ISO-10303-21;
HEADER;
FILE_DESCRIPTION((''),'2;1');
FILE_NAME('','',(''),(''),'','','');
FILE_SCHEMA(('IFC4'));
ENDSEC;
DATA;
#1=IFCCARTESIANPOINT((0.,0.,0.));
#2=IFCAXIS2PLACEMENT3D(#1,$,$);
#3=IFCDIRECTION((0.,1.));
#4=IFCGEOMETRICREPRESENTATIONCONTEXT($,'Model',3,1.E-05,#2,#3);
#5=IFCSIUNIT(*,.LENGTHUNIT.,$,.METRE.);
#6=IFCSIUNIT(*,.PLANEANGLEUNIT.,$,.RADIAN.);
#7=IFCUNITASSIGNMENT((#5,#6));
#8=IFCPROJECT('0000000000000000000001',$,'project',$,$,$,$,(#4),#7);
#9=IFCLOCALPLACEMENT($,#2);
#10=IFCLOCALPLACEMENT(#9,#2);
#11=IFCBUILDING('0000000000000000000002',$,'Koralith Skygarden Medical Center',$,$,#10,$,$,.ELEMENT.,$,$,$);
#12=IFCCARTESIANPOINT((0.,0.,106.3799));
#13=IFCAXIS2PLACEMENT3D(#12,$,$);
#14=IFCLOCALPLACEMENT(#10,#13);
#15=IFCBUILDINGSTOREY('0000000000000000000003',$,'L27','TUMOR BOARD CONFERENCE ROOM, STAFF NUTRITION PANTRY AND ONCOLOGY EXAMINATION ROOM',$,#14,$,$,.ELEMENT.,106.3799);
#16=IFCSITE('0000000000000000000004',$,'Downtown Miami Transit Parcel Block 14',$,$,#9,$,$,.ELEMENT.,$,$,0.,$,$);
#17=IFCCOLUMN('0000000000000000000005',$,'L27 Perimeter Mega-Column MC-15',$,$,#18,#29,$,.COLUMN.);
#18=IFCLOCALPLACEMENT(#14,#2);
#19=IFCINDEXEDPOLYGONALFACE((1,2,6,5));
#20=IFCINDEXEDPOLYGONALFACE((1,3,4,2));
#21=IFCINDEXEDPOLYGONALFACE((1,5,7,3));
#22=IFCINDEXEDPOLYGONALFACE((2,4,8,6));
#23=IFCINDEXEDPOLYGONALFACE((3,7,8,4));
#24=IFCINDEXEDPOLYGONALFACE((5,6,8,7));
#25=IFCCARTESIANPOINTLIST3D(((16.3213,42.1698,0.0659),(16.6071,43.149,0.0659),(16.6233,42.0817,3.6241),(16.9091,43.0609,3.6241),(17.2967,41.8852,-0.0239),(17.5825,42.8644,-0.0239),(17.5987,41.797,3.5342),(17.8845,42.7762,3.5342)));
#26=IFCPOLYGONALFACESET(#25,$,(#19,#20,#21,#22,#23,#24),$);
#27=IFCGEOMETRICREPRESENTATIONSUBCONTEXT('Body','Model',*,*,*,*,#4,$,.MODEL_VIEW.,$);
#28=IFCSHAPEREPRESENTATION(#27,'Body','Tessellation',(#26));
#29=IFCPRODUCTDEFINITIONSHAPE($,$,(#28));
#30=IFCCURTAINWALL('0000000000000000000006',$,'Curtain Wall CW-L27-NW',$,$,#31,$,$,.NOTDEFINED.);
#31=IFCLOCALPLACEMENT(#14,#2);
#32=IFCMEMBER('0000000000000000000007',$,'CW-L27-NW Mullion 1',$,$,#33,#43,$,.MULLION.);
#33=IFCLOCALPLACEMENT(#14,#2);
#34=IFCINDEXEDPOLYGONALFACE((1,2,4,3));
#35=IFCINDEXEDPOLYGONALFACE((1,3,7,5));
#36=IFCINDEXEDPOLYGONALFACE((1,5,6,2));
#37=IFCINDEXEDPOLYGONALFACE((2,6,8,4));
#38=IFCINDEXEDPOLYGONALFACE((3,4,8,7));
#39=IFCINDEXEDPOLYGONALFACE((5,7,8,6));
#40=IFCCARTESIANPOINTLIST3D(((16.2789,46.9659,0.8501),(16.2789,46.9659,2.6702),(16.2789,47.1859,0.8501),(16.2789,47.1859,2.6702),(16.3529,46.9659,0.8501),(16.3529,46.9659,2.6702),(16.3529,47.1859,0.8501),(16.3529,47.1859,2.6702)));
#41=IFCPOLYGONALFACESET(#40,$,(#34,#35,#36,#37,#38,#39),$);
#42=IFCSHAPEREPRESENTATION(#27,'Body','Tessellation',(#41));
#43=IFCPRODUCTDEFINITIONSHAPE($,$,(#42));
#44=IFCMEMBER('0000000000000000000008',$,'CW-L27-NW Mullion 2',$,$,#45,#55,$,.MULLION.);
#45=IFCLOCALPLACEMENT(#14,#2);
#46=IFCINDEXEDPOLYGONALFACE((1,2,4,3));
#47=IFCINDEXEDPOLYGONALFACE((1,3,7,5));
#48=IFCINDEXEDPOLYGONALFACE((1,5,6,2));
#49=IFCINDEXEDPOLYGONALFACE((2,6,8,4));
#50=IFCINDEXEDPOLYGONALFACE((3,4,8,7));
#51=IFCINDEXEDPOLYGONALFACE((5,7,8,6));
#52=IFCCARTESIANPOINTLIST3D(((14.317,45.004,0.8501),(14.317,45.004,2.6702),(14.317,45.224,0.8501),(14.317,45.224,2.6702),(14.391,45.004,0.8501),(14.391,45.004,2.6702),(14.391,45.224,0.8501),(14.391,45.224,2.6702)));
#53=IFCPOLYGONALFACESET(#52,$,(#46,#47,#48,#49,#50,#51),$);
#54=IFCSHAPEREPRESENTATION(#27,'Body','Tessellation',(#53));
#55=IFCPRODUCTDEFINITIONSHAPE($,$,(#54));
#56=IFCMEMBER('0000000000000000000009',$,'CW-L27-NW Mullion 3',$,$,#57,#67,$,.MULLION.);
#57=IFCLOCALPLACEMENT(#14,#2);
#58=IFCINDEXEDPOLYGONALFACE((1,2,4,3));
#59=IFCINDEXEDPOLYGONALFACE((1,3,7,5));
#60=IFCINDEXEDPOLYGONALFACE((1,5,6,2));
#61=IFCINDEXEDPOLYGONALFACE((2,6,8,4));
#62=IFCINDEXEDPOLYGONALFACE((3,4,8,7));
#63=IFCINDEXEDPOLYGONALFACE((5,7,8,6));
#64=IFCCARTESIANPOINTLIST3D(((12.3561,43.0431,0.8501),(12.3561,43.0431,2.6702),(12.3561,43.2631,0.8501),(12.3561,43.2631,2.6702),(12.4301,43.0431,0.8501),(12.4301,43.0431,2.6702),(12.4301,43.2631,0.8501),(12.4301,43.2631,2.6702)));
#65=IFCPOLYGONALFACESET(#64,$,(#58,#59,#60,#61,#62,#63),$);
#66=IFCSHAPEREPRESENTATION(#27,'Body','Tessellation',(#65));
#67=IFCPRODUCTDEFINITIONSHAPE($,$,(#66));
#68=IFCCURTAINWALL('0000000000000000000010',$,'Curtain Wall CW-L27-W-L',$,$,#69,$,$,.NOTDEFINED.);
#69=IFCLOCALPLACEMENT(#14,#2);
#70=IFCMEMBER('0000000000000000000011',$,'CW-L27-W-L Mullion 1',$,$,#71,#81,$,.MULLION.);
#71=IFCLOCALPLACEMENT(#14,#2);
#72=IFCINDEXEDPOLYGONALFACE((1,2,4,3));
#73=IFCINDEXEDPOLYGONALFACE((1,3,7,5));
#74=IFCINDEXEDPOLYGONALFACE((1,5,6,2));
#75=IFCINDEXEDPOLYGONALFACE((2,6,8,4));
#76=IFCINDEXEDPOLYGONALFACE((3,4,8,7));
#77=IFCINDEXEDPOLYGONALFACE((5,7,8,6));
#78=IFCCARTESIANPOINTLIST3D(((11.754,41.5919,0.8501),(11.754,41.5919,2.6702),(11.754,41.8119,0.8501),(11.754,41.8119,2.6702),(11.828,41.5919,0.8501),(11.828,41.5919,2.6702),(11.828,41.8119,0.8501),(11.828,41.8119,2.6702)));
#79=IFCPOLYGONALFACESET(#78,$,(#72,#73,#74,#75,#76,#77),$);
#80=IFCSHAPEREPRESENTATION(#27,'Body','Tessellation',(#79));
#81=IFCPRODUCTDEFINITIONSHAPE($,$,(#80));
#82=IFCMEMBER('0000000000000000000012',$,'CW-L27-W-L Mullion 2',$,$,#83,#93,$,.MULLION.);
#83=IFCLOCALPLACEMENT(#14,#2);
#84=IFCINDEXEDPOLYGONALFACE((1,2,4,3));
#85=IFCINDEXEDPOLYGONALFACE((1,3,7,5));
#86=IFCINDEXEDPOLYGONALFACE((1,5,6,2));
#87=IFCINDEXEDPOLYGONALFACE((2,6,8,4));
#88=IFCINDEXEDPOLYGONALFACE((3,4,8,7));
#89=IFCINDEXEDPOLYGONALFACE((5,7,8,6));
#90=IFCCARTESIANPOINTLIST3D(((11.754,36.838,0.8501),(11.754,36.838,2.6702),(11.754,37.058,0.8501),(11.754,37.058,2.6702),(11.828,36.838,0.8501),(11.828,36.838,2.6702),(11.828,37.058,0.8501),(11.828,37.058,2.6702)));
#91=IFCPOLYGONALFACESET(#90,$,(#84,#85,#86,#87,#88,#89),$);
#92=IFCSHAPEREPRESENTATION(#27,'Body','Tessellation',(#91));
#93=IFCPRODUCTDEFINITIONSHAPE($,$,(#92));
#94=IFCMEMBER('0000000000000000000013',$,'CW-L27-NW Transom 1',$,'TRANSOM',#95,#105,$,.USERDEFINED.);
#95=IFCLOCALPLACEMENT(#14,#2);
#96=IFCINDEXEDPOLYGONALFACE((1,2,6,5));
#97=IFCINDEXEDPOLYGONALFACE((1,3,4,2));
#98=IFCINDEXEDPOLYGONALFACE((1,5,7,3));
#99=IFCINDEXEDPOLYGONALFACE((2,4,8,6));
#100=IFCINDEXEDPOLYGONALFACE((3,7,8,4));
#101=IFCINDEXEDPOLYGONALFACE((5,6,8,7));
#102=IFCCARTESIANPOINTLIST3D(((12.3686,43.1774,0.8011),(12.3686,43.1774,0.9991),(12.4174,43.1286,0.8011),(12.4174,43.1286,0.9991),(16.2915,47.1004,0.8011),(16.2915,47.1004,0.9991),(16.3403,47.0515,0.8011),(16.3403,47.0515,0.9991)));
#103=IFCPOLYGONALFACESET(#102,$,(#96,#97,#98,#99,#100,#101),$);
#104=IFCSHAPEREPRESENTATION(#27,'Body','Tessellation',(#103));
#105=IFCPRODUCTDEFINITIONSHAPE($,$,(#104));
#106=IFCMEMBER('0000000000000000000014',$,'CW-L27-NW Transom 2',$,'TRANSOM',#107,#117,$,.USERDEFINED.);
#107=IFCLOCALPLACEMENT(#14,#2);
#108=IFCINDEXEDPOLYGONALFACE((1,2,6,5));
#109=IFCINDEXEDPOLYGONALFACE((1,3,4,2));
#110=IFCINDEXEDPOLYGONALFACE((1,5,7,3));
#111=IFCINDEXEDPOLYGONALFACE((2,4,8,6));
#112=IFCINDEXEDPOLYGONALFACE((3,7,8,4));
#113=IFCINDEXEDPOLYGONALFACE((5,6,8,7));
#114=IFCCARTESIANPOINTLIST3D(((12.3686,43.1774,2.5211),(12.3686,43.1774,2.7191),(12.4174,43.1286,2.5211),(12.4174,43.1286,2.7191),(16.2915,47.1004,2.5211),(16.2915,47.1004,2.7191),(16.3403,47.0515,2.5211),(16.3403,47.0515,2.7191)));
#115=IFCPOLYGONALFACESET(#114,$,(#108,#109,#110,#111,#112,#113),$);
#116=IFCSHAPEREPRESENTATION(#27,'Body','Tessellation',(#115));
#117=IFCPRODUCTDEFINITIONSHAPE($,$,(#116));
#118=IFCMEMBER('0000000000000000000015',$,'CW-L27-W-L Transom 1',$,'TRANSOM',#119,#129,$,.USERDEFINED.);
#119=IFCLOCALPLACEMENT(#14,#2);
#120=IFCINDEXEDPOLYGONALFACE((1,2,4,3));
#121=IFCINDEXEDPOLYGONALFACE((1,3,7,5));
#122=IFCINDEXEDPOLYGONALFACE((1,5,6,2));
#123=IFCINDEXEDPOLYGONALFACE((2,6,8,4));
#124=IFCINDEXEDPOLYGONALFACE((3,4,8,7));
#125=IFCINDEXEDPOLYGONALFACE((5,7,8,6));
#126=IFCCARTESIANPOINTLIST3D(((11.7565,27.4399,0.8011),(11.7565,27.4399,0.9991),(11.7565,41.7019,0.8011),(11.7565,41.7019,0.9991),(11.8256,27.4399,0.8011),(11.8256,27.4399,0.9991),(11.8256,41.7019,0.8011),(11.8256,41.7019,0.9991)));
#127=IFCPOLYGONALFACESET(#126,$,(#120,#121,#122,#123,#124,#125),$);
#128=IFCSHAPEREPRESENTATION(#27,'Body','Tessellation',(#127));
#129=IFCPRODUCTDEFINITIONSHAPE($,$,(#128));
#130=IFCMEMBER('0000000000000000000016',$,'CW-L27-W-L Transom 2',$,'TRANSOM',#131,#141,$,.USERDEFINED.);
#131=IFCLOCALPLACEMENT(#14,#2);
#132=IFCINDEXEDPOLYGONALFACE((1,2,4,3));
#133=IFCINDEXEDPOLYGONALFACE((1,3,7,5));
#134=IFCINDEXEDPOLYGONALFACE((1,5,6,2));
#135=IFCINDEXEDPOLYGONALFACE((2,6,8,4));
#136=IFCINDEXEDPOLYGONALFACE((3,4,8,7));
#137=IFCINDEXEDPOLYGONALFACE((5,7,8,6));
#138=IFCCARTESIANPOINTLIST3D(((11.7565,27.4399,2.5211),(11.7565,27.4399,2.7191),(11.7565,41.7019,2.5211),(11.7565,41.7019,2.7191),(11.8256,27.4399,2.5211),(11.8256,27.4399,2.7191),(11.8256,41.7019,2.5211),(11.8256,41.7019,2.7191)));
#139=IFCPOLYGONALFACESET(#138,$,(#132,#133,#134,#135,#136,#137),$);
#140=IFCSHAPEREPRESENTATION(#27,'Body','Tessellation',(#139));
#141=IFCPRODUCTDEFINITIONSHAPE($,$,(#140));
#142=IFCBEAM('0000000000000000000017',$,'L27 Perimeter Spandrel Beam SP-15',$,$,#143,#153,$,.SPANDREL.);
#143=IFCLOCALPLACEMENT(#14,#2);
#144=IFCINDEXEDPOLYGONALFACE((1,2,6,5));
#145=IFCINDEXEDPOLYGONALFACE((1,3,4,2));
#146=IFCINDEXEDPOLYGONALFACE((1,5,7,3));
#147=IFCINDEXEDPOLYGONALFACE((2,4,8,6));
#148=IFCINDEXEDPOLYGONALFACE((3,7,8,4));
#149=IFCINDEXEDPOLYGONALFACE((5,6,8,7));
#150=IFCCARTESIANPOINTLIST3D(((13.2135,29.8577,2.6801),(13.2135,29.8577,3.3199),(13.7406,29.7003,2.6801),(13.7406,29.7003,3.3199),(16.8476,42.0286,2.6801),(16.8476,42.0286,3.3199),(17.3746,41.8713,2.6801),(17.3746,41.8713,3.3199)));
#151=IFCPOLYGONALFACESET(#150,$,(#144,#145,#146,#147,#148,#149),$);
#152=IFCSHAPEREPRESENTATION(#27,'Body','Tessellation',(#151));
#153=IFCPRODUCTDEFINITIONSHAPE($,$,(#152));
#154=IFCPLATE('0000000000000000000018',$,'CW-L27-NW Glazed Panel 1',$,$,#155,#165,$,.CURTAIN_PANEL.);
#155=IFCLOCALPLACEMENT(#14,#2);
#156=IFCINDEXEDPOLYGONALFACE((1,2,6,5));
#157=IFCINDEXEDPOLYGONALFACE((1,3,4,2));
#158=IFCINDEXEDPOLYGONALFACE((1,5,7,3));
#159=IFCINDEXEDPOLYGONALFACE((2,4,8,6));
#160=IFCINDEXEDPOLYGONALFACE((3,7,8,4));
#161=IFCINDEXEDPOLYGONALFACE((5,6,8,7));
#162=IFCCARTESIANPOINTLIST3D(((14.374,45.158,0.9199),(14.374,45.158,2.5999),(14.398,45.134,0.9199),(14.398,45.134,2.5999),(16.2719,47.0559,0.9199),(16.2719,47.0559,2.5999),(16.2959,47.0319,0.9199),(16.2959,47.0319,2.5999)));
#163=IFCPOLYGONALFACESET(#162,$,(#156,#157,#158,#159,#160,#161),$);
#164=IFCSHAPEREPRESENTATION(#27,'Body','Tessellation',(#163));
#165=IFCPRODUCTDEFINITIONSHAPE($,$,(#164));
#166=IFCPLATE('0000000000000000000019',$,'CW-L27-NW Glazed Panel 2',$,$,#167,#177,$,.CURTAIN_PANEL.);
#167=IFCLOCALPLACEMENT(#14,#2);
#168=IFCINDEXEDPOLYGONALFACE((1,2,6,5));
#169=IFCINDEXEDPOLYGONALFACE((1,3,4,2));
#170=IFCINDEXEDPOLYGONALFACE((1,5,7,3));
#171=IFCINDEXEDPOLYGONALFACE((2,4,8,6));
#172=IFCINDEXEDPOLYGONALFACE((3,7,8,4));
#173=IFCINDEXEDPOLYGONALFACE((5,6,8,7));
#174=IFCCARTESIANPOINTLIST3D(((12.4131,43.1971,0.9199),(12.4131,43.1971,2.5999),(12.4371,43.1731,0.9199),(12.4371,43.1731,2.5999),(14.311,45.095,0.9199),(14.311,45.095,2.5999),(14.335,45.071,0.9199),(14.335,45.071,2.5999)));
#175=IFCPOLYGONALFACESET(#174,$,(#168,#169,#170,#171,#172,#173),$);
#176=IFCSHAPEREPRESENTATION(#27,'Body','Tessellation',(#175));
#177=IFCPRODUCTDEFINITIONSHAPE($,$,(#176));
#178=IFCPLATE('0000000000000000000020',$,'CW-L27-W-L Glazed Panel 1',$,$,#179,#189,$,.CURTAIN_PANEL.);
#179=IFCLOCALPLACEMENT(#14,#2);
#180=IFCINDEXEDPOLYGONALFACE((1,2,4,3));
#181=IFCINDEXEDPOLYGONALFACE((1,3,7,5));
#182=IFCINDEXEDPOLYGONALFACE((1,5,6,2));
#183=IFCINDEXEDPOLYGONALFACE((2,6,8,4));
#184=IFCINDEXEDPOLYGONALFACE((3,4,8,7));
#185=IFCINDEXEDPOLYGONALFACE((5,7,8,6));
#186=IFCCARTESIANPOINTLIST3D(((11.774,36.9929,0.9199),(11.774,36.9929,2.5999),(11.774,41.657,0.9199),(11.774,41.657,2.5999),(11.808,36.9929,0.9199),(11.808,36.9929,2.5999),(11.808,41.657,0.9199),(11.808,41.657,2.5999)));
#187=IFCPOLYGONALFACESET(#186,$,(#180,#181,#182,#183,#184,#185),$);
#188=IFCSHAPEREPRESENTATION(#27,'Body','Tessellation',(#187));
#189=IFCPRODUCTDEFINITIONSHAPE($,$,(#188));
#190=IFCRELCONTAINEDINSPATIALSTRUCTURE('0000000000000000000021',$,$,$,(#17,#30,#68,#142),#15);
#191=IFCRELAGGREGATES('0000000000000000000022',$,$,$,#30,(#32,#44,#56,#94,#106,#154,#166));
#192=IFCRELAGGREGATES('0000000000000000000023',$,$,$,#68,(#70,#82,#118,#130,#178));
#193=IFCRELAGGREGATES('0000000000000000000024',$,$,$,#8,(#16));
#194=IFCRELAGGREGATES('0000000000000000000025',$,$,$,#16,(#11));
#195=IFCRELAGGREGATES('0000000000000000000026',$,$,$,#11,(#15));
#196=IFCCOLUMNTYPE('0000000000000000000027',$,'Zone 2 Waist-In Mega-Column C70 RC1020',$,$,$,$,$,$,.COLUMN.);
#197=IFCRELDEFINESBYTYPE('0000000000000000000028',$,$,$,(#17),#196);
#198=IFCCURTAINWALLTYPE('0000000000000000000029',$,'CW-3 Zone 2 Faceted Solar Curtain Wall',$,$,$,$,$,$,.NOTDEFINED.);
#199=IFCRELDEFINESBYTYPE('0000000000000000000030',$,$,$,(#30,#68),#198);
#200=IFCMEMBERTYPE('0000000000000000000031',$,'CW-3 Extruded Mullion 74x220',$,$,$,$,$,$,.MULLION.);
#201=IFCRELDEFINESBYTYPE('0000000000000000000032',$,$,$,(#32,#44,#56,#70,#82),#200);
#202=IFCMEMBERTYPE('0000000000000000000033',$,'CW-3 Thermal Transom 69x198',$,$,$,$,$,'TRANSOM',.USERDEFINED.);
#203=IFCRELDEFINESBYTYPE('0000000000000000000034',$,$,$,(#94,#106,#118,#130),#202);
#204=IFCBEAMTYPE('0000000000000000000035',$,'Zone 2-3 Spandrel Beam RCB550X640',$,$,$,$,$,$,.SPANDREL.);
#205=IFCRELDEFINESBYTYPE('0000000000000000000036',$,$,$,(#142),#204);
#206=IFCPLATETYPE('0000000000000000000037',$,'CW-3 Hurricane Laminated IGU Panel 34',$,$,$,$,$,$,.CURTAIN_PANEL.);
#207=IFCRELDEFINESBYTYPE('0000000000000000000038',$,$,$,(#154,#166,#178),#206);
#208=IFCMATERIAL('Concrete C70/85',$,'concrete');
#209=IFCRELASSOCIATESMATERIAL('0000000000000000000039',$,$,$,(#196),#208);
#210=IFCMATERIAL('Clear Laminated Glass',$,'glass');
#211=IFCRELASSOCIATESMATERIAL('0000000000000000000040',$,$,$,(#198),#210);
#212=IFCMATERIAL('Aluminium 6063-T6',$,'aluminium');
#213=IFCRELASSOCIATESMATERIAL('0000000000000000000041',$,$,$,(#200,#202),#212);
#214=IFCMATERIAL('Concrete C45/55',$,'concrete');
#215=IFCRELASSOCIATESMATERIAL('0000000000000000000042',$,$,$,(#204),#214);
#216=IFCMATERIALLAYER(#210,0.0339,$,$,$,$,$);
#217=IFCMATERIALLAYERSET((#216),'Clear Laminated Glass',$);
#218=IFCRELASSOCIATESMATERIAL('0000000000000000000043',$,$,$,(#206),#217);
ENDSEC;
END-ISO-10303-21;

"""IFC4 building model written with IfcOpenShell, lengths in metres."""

from ifc_helpers import new_model, si_unit, direction, frame, origin, origin_2d, place, context, subcontext, project, spatial, rectangle, extrude, material, layer, layer_set, material_profile, profile_set, type_object, element, aggregate, save


model = new_model("IFC4")

# Units and contexts
model_context = context("Model", 3, precision=1e-05, world=origin(), true_north=direction((0.0, 1.0)))
body_context = subcontext(model_context, "Body", "Model", "MODEL_VIEW")
ifc_project = project(units=[si_unit("LENGTHUNIT", "METRE"), si_unit("PLANEANGLEUNIT", "RADIAN")], contexts=[model_context])

# Site, building, storey
site_placement = place(None, origin())
site = spatial("IfcSite", under=ifc_project, at=site_placement, Name="Downtown Miami Transit Parcel Block 14", CompositionType="ELEMENT", RefElevation=0.0)
building_placement = place(site_placement, origin())
building = spatial("IfcBuilding", under=site, at=building_placement, Name="Koralith Skygarden Medical Center", CompositionType="ELEMENT")
storey_placement = place(building_placement, frame((0.0, 0.0, 106.3799)))
storey = spatial("IfcBuildingStorey", under=building, at=storey_placement, Name="L27", Description="TUMOR BOARD CONFERENCE ROOM, STAFF NUTRITION PANTRY AND ONCOLOGY EXAMINATION ROOM", CompositionType="ELEMENT", Elevation=106.3799)

# Column
ifc_material_1 = material(Name="Concrete C70/85", Category="concrete")
ifc_material_profile_1 = material_profile(ifc_material_1, rectangle(XDim=1.02, YDim=1.02, at=origin_2d()), Name="RC1020X1020")
ifc_profile_set_1 = profile_set([ifc_material_profile_1], Name="Concrete C70/85")
column_type = type_object("IfcColumnType", Name="Zone 2 Waist-In Mega-Column C70 RC1020", PredefinedType="COLUMN", material=ifc_profile_set_1)
column_placement = place(storey_placement, frame((16.9519, 42.5171, 0.021), z_axis=(0.084547, -0.024674, 0.996114), x_axis=(0.280149, 0.959957, 0.0)))
element("IfcColumn", 1, at=column_placement, inside=storey, type_object=column_type, Name="L27 Perimeter Mega-Column MC-15", PredefinedType="COLUMN", context=body_context, shape_type="SweptSolid", body=[
    extrude(rectangle(XDim=1.02, YDim=1.02, at=origin_2d()), origin(), (0.0, 0.0, 1.0), 3.572),
])

# Curtain walls, members
ifc_material_2 = material(Name="Clear Laminated Glass", Category="glass")
curtain_wall_type = type_object("IfcCurtainWallType", Name="CW-3 Zone 2 Faceted Solar Curtain Wall", PredefinedType="NOTDEFINED", material=ifc_material_2)
curtain_wall_1_placement = place(storey_placement, origin())
curtain_wall_1 = element("IfcCurtainWall", 2, at=curtain_wall_1_placement, inside=storey, type_object=curtain_wall_type, Name="Curtain Wall CW-L27-NW", PredefinedType="NOTDEFINED")
ifc_material_3 = material(Name="Aluminium 6063-T6", Category="aluminium")
ifc_material_profile_2 = material_profile(ifc_material_3, rectangle(XDim=0.074, YDim=0.22, at=origin_2d()), Name="MUL74X220")
ifc_profile_set_2 = profile_set([ifc_material_profile_2], Name="Aluminium 6063-T6")
member_type_1 = type_object("IfcMemberType", Name="CW-3 Extruded Mullion 74x220", PredefinedType="MULLION", material=ifc_profile_set_2)
member_1_placement = place(storey_placement, frame((16.3159, 47.0759, 0.8501), z_axis=(0.0, 0.0, 1.0), x_axis=(1.0, 0.0, 0.0)))
member_1 = element("IfcMember", 3, at=member_1_placement, type_object=member_type_1, Name="CW-L27-NW Mullion 1", PredefinedType="MULLION", context=body_context, shape_type="SweptSolid", body=[
    extrude(rectangle(XDim=0.074, YDim=0.22, at=origin_2d()), origin(), (0.0, 0.0, 1.0), 1.8201),
])
member_2_placement = place(storey_placement, frame((14.354, 45.114, 0.8501), z_axis=(0.0, 0.0, 1.0), x_axis=(1.0, 0.0, 0.0)))
member_2 = element("IfcMember", 4, at=member_2_placement, type_object=member_type_1, Name="CW-L27-NW Mullion 2", PredefinedType="MULLION", context=body_context, shape_type="SweptSolid", body=[
    extrude(rectangle(XDim=0.074, YDim=0.22, at=origin_2d()), origin(), (0.0, 0.0, 1.0), 1.8201),
])
member_3_placement = place(storey_placement, frame((12.3931, 43.1531, 0.8501), z_axis=(0.0, 0.0, 1.0), x_axis=(1.0, 0.0, 0.0)))
member_3 = element("IfcMember", 5, at=member_3_placement, type_object=member_type_1, Name="CW-L27-NW Mullion 3", PredefinedType="MULLION", context=body_context, shape_type="SweptSolid", body=[
    extrude(rectangle(XDim=0.074, YDim=0.22, at=origin_2d()), origin(), (0.0, 0.0, 1.0), 1.8201),
])
curtain_wall_2_placement = place(storey_placement, origin())
curtain_wall_2 = element("IfcCurtainWall", 6, at=curtain_wall_2_placement, inside=storey, type_object=curtain_wall_type, Name="Curtain Wall CW-L27-W-L", PredefinedType="NOTDEFINED")
member_4_placement = place(storey_placement, frame((11.791, 41.7019, 0.8501), z_axis=(0.0, 0.0, 1.0), x_axis=(1.0, 0.0, 0.0)))
member_4 = element("IfcMember", 7, at=member_4_placement, type_object=member_type_1, Name="CW-L27-W-L Mullion 1", PredefinedType="MULLION", context=body_context, shape_type="SweptSolid", body=[
    extrude(rectangle(XDim=0.074, YDim=0.22, at=origin_2d()), origin(), (0.0, 0.0, 1.0), 1.8201),
])
member_5_placement = place(storey_placement, frame((11.791, 36.948, 0.8501), z_axis=(0.0, 0.0, 1.0), x_axis=(1.0, 0.0, 0.0)))
member_5 = element("IfcMember", 8, at=member_5_placement, type_object=member_type_1, Name="CW-L27-W-L Mullion 2", PredefinedType="MULLION", context=body_context, shape_type="SweptSolid", body=[
    extrude(rectangle(XDim=0.074, YDim=0.22, at=origin_2d()), origin(), (0.0, 0.0, 1.0), 1.8201),
])

# Members
ifc_material_profile_3 = material_profile(ifc_material_3, rectangle(XDim=0.0691, YDim=0.198, at=origin_2d()), Name="TRN69X198")
ifc_profile_set_3 = profile_set([ifc_material_profile_3], Name="Aluminium 6063-T6")
member_type_2 = type_object("IfcMemberType", Name="CW-3 Thermal Transom 69x198", ElementType="TRANSOM", PredefinedType="USERDEFINED", material=ifc_profile_set_3)
member_6_placement = place(storey_placement, frame((16.3159, 47.0759, 0.9001), z_axis=(-0.707107, -0.707107, 0.0), x_axis=(0.707107, -0.707107, 0.0)))
member_6 = element("IfcMember", 9, at=member_6_placement, type_object=member_type_2, Name="CW-L27-NW Transom 1", ObjectType="TRANSOM", PredefinedType="USERDEFINED", context=body_context, shape_type="SweptSolid", body=[
    extrude(rectangle(XDim=0.0691, YDim=0.198, at=origin_2d()), origin(), (0.0, 0.0, 1.0), 5.5479),
])
member_7_placement = place(storey_placement, frame((16.3159, 47.0759, 2.6201), z_axis=(-0.707107, -0.707107, 0.0), x_axis=(0.707107, -0.707107, 0.0)))
member_7 = element("IfcMember", 10, at=member_7_placement, type_object=member_type_2, Name="CW-L27-NW Transom 2", ObjectType="TRANSOM", PredefinedType="USERDEFINED", context=body_context, shape_type="SweptSolid", body=[
    extrude(rectangle(XDim=0.0691, YDim=0.198, at=origin_2d()), origin(), (0.0, 0.0, 1.0), 5.5479),
])
member_8_placement = place(storey_placement, frame((11.791, 41.7019, 0.9001), z_axis=(0.0, -1.0, 0.0), x_axis=(1.0, 0.0, 0.0)))
member_8 = element("IfcMember", 11, at=member_8_placement, type_object=member_type_2, Name="CW-L27-W-L Transom 1", ObjectType="TRANSOM", PredefinedType="USERDEFINED", context=body_context, shape_type="SweptSolid", body=[
    extrude(rectangle(XDim=0.0691, YDim=0.198, at=origin_2d()), origin(), (0.0, 0.0, 1.0), 14.262),
])
member_9_placement = place(storey_placement, frame((11.791, 41.7019, 2.6201), z_axis=(0.0, -1.0, 0.0), x_axis=(1.0, 0.0, 0.0)))
member_9 = element("IfcMember", 12, at=member_9_placement, type_object=member_type_2, Name="CW-L27-W-L Transom 2", ObjectType="TRANSOM", PredefinedType="USERDEFINED", context=body_context, shape_type="SweptSolid", body=[
    extrude(rectangle(XDim=0.0691, YDim=0.198, at=origin_2d()), origin(), (0.0, 0.0, 1.0), 14.262),
])

# Beam
ifc_material_4 = material(Name="Concrete C45/55", Category="concrete")
ifc_material_profile_4 = material_profile(ifc_material_4, rectangle(XDim=0.55, YDim=0.6399, at=origin_2d()), Name="RCB550X640")
ifc_profile_set_4 = profile_set([ifc_material_profile_4], Name="Concrete C45/55")
beam_type = type_object("IfcBeamType", Name="Zone 2-3 Spandrel Beam RCB550X640", PredefinedType="SPANDREL", material=ifc_profile_set_4)
beam_placement = place(storey_placement, frame((17.1111, 41.95, 3.0), z_axis=(-0.286103, -0.958199, 0.0), x_axis=(0.958199, -0.286103, 0.0)))
element("IfcBeam", 13, at=beam_placement, inside=storey, type_object=beam_type, Name="L27 Perimeter Spandrel Beam SP-15", PredefinedType="SPANDREL", context=body_context, shape_type="SweptSolid", body=[
    extrude(rectangle(XDim=0.55, YDim=0.6399, at=origin_2d()), origin(), (0.0, 0.0, 1.0), 12.7019),
])

# Plates
ifc_layer_1 = layer(ifc_material_2, 0.0339)
ifc_layer_set_1 = layer_set([ifc_layer_1], Name="Clear Laminated Glass")
plate_type_1 = type_object("IfcPlateType", Name="CW-3 Hurricane Laminated IGU Panel 34", PredefinedType="CURTAIN_PANEL", material=ifc_layer_set_1)
plate_1_placement = place(storey_placement, frame((15.335, 46.095, 0.9199), z_axis=(0.0, 0.0, 1.0), x_axis=(-0.707107, -0.707107, 0.0)))
plate_1 = element("IfcPlate", 14, at=plate_1_placement, type_object=plate_type_1, Name="CW-L27-NW Glazed Panel 1", PredefinedType="CURTAIN_PANEL", context=body_context, shape_type="SweptSolid", body=[
    extrude(rectangle(XDim=2.6841, YDim=0.0339, at=origin_2d()), origin(), (0.0, 0.0, 1.0), 1.6799),
])
plate_2_placement = place(storey_placement, frame((13.374, 44.134, 0.9199), z_axis=(0.0, 0.0, 1.0), x_axis=(-0.707107, -0.707107, 0.0)))
plate_2 = element("IfcPlate", 15, at=plate_2_placement, type_object=plate_type_1, Name="CW-L27-NW Glazed Panel 2", PredefinedType="CURTAIN_PANEL", context=body_context, shape_type="SweptSolid", body=[
    extrude(rectangle(XDim=2.6841, YDim=0.0339, at=origin_2d()), origin(), (0.0, 0.0, 1.0), 1.6799),
])
aggregate(curtain_wall_1, [member_1, member_2, member_3, member_6, member_7, plate_1, plate_2])
plate_3_placement = place(storey_placement, frame((11.791, 39.325, 0.9199), z_axis=(0.0, 0.0, 1.0), x_axis=(0.0, -1.0, 0.0)))
plate_3 = element("IfcPlate", 16, at=plate_3_placement, type_object=plate_type_1, Name="CW-L27-W-L Glazed Panel 1", PredefinedType="CURTAIN_PANEL", context=body_context, shape_type="SweptSolid", body=[
    extrude(rectangle(XDim=4.6641, YDim=0.0339, at=origin_2d()), origin(), (0.0, 0.0, 1.0), 1.6799),
])
aggregate(curtain_wall_2, [member_4, member_5, member_8, member_9, plate_3])

save(model, "model.ifc")
